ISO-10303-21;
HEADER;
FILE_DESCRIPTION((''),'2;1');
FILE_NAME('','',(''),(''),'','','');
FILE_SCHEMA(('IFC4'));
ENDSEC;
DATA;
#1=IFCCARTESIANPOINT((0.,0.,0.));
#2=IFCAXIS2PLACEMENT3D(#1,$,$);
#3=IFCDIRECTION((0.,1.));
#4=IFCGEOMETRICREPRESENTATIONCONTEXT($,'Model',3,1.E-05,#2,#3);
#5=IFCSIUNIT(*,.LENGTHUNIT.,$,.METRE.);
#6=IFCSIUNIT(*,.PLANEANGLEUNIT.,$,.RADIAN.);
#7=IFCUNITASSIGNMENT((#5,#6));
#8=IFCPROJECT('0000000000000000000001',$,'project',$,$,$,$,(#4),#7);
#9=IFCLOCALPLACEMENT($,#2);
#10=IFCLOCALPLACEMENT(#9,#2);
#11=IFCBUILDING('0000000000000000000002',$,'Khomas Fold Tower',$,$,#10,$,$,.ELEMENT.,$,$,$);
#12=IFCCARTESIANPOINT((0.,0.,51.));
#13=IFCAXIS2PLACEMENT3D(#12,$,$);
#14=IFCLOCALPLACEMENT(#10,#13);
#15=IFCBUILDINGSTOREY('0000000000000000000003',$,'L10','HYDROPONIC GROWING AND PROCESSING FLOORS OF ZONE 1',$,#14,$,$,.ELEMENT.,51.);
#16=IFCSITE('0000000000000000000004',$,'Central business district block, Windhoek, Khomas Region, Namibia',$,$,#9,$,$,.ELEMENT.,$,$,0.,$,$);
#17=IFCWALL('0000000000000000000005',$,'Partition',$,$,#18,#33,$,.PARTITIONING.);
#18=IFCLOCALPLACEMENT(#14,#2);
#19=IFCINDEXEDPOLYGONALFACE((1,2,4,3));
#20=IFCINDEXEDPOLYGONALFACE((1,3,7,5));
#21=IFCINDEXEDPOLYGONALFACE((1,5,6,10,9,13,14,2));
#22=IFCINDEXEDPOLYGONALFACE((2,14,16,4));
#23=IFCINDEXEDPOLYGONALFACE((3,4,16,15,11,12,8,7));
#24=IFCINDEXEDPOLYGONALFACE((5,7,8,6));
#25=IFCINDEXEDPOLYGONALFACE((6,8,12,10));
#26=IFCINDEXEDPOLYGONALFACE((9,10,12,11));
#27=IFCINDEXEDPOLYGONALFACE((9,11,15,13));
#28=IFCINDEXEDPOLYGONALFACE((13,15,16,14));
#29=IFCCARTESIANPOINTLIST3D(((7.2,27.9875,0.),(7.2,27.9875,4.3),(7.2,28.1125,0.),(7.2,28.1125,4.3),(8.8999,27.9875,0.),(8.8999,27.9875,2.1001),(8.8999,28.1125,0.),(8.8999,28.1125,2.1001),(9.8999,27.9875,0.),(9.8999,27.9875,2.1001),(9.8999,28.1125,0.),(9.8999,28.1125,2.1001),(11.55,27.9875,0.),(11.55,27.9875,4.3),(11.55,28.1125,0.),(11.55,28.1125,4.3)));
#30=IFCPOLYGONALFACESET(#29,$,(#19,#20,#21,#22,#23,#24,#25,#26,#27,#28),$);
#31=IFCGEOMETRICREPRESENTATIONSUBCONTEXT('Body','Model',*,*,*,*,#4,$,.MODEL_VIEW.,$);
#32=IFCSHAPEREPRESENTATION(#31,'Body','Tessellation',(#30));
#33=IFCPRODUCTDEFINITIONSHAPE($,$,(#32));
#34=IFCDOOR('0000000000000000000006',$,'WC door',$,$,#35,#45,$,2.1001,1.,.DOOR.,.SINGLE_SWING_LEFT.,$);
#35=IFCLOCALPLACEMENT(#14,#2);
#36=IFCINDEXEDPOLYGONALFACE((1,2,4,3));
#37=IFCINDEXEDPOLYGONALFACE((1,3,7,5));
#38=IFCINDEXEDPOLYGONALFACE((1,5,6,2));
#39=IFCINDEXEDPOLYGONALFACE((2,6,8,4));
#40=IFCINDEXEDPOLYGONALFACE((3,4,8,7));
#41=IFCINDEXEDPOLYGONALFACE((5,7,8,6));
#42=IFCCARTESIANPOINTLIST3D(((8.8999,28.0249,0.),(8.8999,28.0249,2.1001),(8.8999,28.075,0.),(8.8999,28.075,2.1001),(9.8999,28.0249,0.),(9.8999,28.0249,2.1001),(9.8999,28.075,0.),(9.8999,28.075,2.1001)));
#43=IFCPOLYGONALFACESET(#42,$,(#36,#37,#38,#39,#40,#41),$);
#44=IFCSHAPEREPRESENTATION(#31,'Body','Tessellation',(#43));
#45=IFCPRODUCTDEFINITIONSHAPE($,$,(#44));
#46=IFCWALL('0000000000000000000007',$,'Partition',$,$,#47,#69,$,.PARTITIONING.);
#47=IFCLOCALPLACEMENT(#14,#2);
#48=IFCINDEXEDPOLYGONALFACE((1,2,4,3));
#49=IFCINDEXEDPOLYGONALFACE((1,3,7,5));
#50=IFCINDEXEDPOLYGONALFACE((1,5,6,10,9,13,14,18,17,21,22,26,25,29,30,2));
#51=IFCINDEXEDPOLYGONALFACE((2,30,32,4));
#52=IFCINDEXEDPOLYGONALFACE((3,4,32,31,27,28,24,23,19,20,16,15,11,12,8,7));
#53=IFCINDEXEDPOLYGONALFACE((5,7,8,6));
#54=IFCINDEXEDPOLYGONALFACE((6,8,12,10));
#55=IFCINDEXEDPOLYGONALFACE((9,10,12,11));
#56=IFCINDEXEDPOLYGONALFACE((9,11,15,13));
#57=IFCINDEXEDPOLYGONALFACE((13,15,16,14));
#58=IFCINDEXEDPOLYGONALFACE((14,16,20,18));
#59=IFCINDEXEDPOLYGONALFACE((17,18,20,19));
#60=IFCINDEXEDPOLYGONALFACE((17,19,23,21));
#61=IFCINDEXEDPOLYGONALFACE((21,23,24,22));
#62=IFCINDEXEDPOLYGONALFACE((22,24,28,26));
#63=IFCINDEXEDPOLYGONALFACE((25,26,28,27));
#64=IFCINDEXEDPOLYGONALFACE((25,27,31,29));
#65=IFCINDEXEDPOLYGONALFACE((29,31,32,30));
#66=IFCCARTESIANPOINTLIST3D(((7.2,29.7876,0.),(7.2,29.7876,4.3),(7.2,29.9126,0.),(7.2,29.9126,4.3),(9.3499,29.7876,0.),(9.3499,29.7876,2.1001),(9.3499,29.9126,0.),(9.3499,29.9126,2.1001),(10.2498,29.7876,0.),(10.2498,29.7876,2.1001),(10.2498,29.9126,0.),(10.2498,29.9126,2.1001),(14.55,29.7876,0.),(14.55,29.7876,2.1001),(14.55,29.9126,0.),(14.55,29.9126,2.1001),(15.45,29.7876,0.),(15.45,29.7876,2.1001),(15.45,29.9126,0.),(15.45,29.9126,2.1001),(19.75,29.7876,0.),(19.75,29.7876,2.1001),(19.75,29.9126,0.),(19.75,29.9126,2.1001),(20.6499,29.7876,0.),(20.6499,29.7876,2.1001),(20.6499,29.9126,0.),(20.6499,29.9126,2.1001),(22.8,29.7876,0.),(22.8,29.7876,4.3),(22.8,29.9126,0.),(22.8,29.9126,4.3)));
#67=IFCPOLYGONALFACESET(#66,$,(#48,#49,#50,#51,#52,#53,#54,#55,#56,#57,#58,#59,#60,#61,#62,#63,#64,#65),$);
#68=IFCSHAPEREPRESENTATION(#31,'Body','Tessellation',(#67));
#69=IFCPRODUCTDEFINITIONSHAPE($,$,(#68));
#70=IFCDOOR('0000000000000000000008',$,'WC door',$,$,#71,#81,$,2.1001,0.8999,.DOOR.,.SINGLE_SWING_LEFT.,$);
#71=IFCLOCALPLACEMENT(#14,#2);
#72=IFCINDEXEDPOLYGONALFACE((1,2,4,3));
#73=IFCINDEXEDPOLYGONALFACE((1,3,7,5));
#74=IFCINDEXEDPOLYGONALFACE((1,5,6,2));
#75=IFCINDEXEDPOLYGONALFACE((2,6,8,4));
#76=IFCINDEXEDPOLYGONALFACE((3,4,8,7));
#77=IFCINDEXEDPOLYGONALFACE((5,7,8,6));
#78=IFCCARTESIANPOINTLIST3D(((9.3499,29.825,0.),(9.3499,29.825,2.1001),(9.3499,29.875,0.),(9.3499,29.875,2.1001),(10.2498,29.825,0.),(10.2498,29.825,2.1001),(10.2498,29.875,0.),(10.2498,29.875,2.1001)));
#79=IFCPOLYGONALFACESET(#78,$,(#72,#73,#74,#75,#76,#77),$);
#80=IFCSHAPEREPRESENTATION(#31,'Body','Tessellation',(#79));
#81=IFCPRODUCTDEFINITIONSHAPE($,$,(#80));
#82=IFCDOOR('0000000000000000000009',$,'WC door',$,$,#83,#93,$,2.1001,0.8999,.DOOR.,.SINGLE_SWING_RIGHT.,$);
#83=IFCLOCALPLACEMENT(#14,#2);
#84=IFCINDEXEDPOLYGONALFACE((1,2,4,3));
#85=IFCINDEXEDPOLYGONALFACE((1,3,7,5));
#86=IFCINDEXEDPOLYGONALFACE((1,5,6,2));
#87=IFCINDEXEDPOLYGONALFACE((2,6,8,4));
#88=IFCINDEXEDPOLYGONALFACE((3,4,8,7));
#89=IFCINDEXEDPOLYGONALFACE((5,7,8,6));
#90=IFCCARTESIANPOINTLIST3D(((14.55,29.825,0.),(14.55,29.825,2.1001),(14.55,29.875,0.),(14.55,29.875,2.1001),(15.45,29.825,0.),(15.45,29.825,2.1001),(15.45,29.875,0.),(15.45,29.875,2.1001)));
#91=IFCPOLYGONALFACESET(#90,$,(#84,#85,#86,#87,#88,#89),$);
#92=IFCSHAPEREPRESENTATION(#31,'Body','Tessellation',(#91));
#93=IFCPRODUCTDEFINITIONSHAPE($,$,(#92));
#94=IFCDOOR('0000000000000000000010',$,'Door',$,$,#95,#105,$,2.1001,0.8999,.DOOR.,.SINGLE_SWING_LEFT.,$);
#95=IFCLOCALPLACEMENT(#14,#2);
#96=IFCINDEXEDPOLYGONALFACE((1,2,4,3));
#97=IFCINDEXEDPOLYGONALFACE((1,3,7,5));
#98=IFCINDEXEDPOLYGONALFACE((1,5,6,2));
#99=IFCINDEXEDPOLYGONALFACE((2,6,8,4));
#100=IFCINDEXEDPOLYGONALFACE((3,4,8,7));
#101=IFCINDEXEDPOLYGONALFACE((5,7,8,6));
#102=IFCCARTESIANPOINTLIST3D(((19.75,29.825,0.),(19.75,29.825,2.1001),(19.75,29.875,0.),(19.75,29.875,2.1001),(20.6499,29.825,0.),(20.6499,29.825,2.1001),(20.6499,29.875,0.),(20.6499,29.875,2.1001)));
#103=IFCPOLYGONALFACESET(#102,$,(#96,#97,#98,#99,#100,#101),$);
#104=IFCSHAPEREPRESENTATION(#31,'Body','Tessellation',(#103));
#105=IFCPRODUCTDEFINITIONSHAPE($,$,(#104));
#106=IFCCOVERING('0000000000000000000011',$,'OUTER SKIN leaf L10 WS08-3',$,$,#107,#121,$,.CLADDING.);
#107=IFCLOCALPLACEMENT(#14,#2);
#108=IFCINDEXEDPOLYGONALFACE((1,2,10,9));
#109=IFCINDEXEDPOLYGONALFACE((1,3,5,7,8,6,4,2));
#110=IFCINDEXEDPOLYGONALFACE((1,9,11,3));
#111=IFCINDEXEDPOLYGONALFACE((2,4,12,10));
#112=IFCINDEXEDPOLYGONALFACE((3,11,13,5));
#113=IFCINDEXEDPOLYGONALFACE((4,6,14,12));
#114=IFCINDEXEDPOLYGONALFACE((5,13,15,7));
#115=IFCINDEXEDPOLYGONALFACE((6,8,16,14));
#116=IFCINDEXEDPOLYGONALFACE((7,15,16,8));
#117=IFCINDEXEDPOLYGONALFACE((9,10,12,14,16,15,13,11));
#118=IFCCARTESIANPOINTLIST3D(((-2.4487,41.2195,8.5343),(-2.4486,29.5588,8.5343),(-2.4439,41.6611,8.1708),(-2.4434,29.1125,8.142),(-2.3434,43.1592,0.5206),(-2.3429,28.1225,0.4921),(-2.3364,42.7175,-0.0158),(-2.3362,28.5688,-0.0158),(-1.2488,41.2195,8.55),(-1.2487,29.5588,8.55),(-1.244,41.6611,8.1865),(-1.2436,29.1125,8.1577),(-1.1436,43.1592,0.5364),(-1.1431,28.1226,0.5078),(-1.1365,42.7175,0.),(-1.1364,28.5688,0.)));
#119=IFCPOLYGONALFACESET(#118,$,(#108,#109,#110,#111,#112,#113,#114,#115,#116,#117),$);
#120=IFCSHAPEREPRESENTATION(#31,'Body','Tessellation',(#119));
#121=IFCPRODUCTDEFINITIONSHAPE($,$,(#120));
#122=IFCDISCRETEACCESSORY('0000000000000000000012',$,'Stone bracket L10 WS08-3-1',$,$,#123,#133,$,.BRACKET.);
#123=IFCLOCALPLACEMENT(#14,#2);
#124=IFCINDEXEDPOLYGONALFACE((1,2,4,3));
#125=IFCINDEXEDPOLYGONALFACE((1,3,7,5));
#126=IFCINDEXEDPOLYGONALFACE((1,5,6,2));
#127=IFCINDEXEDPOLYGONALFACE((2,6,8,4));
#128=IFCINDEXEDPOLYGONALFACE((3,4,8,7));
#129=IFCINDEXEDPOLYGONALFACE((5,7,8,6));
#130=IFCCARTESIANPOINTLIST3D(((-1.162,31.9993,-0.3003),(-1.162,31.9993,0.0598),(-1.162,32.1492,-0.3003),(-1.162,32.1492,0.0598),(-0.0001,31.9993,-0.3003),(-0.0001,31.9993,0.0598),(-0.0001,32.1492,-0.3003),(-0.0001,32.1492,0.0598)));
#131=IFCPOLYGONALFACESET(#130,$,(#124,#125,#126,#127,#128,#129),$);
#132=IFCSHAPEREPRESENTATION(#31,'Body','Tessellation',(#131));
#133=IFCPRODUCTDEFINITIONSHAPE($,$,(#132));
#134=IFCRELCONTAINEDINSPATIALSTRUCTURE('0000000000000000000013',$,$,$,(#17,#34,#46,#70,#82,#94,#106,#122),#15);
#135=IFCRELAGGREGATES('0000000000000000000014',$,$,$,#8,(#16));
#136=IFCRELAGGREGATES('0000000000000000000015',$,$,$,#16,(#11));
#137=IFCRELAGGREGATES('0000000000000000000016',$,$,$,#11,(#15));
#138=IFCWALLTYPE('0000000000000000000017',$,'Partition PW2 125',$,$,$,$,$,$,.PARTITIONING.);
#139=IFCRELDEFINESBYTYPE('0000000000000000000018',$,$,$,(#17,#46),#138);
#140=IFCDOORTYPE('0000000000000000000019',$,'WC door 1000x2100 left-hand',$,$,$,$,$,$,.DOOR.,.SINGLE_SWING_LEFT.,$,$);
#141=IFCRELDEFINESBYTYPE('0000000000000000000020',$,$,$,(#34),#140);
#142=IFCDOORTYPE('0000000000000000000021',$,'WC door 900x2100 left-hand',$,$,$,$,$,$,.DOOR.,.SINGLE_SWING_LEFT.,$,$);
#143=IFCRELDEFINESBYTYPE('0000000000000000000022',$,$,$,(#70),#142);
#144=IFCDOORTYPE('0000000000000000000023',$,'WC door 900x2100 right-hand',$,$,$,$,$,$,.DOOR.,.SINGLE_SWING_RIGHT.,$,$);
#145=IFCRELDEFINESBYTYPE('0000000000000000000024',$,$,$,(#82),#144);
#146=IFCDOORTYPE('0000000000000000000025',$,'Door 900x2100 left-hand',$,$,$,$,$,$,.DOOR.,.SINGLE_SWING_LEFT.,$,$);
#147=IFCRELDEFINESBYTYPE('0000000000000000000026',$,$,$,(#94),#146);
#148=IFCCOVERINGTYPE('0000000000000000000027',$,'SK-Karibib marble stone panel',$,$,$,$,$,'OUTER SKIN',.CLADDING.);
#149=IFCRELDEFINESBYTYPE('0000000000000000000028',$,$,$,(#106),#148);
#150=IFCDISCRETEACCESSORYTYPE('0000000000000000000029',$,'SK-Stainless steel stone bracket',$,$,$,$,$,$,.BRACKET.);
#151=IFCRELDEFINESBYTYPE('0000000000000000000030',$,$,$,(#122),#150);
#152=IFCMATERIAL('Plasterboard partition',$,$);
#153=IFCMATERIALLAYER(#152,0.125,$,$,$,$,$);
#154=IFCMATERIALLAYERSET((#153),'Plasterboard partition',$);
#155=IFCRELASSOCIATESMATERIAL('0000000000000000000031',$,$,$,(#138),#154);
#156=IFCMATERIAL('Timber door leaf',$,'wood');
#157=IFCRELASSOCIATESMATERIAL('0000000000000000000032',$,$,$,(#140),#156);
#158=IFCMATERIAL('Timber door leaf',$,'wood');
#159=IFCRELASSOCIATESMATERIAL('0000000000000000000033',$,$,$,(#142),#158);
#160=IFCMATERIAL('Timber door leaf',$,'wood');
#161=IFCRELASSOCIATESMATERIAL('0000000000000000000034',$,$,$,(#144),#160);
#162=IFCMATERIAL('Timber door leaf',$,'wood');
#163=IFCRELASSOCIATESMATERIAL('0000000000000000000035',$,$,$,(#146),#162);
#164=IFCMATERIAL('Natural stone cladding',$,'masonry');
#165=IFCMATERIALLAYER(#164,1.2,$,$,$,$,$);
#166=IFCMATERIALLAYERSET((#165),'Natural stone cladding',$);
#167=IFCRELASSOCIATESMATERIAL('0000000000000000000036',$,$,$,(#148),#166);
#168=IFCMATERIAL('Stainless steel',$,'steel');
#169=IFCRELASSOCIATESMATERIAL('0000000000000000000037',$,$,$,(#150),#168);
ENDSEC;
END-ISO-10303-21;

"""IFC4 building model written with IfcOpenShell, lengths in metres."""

from ifc_helpers import new_model, si_unit, direction, frame, frame_2d, origin, origin_2d, place, context, subcontext, project, spatial, polyline, rectangle, outline, extrude, source, transform, mapped, material, layer, layer_set, type_object, element, fill, save


model = new_model("IFC4")

# Units and contexts
model_context = context("Model", 3, precision=1e-05, world=origin(), true_north=direction((0.0, 1.0)))
body_context = subcontext(model_context, "Body", "Model", "MODEL_VIEW")
ifc_project = project(units=[si_unit("LENGTHUNIT", "METRE"), si_unit("PLANEANGLEUNIT", "RADIAN")], contexts=[model_context])

# Site, building, storey
site_placement = place(None, origin())
site = spatial("IfcSite", under=ifc_project, at=site_placement, Name="Central business district block, Windhoek, Khomas Region, Namibia", CompositionType="ELEMENT", RefElevation=0.0)
building_placement = place(site_placement, origin())
building = spatial("IfcBuilding", under=site, at=building_placement, Name="Khomas Fold Tower", CompositionType="ELEMENT")
storey_placement = place(building_placement, frame((0.0, 0.0, 51.0)))
storey = spatial("IfcBuildingStorey", under=building, at=storey_placement, Name="L10", Description="HYDROPONIC GROWING AND PROCESSING FLOORS OF ZONE 1", CompositionType="ELEMENT", Elevation=51.0)

# Wall, opening, door
ifc_material_1 = material(Name="Plasterboard partition")
ifc_layer_1 = layer(ifc_material_1, 0.125)
ifc_layer_set_1 = layer_set([ifc_layer_1], Name="Plasterboard partition")
wall_type_1 = type_object("IfcWallType", Name="Partition PW2 125", PredefinedType="PARTITIONING", material=ifc_layer_set_1)
shared_shape_1 = source(origin(), body_context, "Body", "SweptSolid", [
    extrude(rectangle(XDim=4.3501, YDim=0.125, at=frame_2d((2.175, 0.0))), origin(), (0.0, 0.0, 1.0), 4.3),
])
wall_1_placement = place(storey_placement, frame((7.2, 28.05, 0.0), z_axis=(0.0, 0.0, 1.0), x_axis=(1.0, 0.0, 0.0)))
wall_1 = element("IfcWall", 1, at=wall_1_placement, inside=storey, type_object=wall_type_1, Name="Partition", PredefinedType="PARTITIONING", context=body_context, shape_type="MappedRepresentation", body=[
    mapped(shared_shape_1, transform((0.0, 0.0, 0.0))),
])
shared_shape_2 = source(origin(), body_context, "Body", "SweptSolid", [
    extrude(rectangle(XDim=1.0, YDim=2.1001, at=frame_2d((0.5, 1.05))), frame((0.0, 0.0725, 0.0), z_axis=(0.0, -1.0, 0.0), x_axis=(1.0, 0.0, 0.0)), (0.0, 0.0, 1.0), 0.145),
])
opening_1_placement = place(wall_1_placement, frame((1.7, 0.0, 0.0)))
opening_1 = element("IfcOpeningElement", 2, at=opening_1_placement, cuts=wall_1, PredefinedType="OPENING", context=body_context, shape_type="MappedRepresentation", body=[
    mapped(shared_shape_2, transform((0.0, 0.0, 0.0))),
])
ifc_material_2 = material(Name="Timber door leaf", Category="wood")
door_type_1 = type_object("IfcDoorType", Name="WC door 1000x2100 left-hand", OperationType="SINGLE_SWING_LEFT", PredefinedType="DOOR", material=ifc_material_2)
shared_shape_3 = source(origin(), body_context, "Body", "SweptSolid", [
    extrude(rectangle(XDim=1.0, YDim=2.1001, at=frame_2d((0.5, 1.05))), frame((0.0, 0.0249, 0.0), z_axis=(0.0, -1.0, 0.0), x_axis=(1.0, 0.0, 0.0)), (0.0, 0.0, 1.0), 0.05),
])
door_1_placement = place(opening_1_placement, origin())
door_1 = element("IfcDoor", 3, at=door_1_placement, inside=storey, type_object=door_type_1, Name="WC door", OperationType="SINGLE_SWING_LEFT", OverallHeight=2.1001, OverallWidth=1.0, PredefinedType="DOOR", context=body_context, shape_type="MappedRepresentation", body=[
    mapped(shared_shape_3, transform((0.0, 0.0, 0.0))),
])
fill(opening_1, door_1)

# Wall, openings, doors
shared_shape_4 = source(origin(), body_context, "Body", "SweptSolid", [
    extrude(rectangle(XDim=15.6001, YDim=0.125, at=frame_2d((7.8, 0.0))), origin(), (0.0, 0.0, 1.0), 4.3),
])
wall_2_placement = place(storey_placement, frame((7.2, 29.8501, 0.0), z_axis=(0.0, 0.0, 1.0), x_axis=(1.0, 0.0, 0.0)))
wall_2 = element("IfcWall", 4, at=wall_2_placement, inside=storey, type_object=wall_type_1, Name="Partition", PredefinedType="PARTITIONING", context=body_context, shape_type="MappedRepresentation", body=[
    mapped(shared_shape_4, transform((0.0, 0.0, 0.0))),
])
shared_shape_5 = source(origin(), body_context, "Body", "SweptSolid", [
    extrude(rectangle(XDim=0.8999, YDim=2.1001, at=frame_2d((0.45, 1.05))), frame((0.0, 0.0725, 0.0), z_axis=(0.0, -1.0, 0.0), x_axis=(1.0, 0.0, 0.0)), (0.0, 0.0, 1.0), 0.145),
])
opening_2_placement = place(wall_2_placement, frame((2.1499, 0.0, 0.0)))
opening_2 = element("IfcOpeningElement", 5, at=opening_2_placement, cuts=wall_2, PredefinedType="OPENING", context=body_context, shape_type="MappedRepresentation", body=[
    mapped(shared_shape_5, transform((0.0, 0.0, 0.0))),
])
opening_3_placement = place(wall_2_placement, frame((7.3501, 0.0, 0.0)))
opening_3 = element("IfcOpeningElement", 6, at=opening_3_placement, cuts=wall_2, PredefinedType="OPENING", context=body_context, shape_type="MappedRepresentation", body=[
    mapped(shared_shape_5, transform((0.0, 0.0, 0.0))),
])
opening_4_placement = place(wall_2_placement, frame((12.55, 0.0, 0.0)))
opening_4 = element("IfcOpeningElement", 7, at=opening_4_placement, cuts=wall_2, PredefinedType="OPENING", context=body_context, shape_type="MappedRepresentation", body=[
    mapped(shared_shape_5, transform((0.0, 0.0, 0.0))),
])
ifc_material_3 = material(Name="Timber door leaf", Category="wood")
door_type_2 = type_object("IfcDoorType", Name="WC door 900x2100 left-hand", OperationType="SINGLE_SWING_LEFT", PredefinedType="DOOR", material=ifc_material_3)
shared_shape_6 = source(origin(), body_context, "Body", "SweptSolid", [
    extrude(rectangle(XDim=0.8999, YDim=2.1001, at=frame_2d((0.45, 1.05))), frame((0.0, 0.0249, 0.0), z_axis=(0.0, -1.0, 0.0), x_axis=(1.0, 0.0, 0.0)), (0.0, 0.0, 1.0), 0.05),
])
door_2_placement = place(opening_2_placement, origin())
door_2 = element("IfcDoor", 8, at=door_2_placement, inside=storey, type_object=door_type_2, Name="WC door", OperationType="SINGLE_SWING_LEFT", OverallHeight=2.1001, OverallWidth=0.8999, PredefinedType="DOOR", context=body_context, shape_type="MappedRepresentation", body=[
    mapped(shared_shape_6, transform((0.0, 0.0, 0.0))),
])
fill(opening_2, door_2)
ifc_material_4 = material(Name="Timber door leaf", Category="wood")
door_type_3 = type_object("IfcDoorType", Name="WC door 900x2100 right-hand", OperationType="SINGLE_SWING_RIGHT", PredefinedType="DOOR", material=ifc_material_4)
door_3_placement = place(opening_3_placement, origin())
door_3 = element("IfcDoor", 9, at=door_3_placement, inside=storey, type_object=door_type_3, Name="WC door", OperationType="SINGLE_SWING_RIGHT", OverallHeight=2.1001, OverallWidth=0.8999, PredefinedType="DOOR", context=body_context, shape_type="MappedRepresentation", body=[
    mapped(shared_shape_6, transform((0.0, 0.0, 0.0))),
])
fill(opening_3, door_3)
ifc_material_5 = material(Name="Timber door leaf", Category="wood")
door_type_4 = type_object("IfcDoorType", Name="Door 900x2100 left-hand", OperationType="SINGLE_SWING_LEFT", PredefinedType="DOOR", material=ifc_material_5)
door_4_placement = place(opening_4_placement, origin())
door_4 = element("IfcDoor", 10, at=door_4_placement, inside=storey, type_object=door_type_4, Name="Door", OperationType="SINGLE_SWING_LEFT", OverallHeight=2.1001, OverallWidth=0.8999, PredefinedType="DOOR", context=body_context, shape_type="MappedRepresentation", body=[
    mapped(shared_shape_6, transform((0.0, 0.0, 0.0))),
])
fill(opening_4, door_4)

# Covering
ifc_material_6 = material(Name="Natural stone cladding", Category="masonry")
ifc_layer_2 = layer(ifc_material_6, 1.2)
ifc_layer_set_2 = layer_set([ifc_layer_2], Name="Natural stone cladding")
covering_type = type_object("IfcCoveringType", Name="SK-Karibib marble stone panel", ElementType="OUTER SKIN", PredefinedType="CLADDING", material=ifc_layer_set_2)
covering_placement = place(storey_placement, frame((-1.1431, 28.1226, 0.5078), z_axis=(0.999914, 0.000008, 0.013135), x_axis=(-0.013027, 0.128331, 0.991646)))
element("IfcCovering", 11, at=covering_placement, inside=storey, type_object=covering_type, Name="OUTER SKIN leaf L10 WS08-3", PredefinedType="CLADDING", context=body_context, shape_type="SweptSolid", body=[
    extrude(outline(polyline([(0.0, 0.0), (7.7144, 0.0), (8.1607, -0.3922), (9.6572, -11.9565), (9.3533, -12.4411), (1.958, -14.9086), (1.3693, -14.5395), (-0.4464, -0.5078), (0.0, 0.0)])), origin(), (0.0, 0.0, -1.0), 1.2),
])

# Discrete accessory
ifc_material_7 = material(Name="Stainless steel", Category="steel")
discrete_accessory_type = type_object("IfcDiscreteAccessoryType", Name="SK-Stainless steel stone bracket", PredefinedType="BRACKET", material=ifc_material_7)
shared_shape_7 = source(origin(), body_context, "Body", "SweptSolid", [
    extrude(rectangle(XDim=1.1619, YDim=0.1499, at=origin_2d()), origin(), (0.0, 0.0, 1.0), 0.3601),
])
discrete_accessory_placement = place(storey_placement, frame((-0.5811, 32.0742, -0.3003), z_axis=(0.0, 0.0, 1.0), x_axis=(-1.0, 0.0, 0.0)))
element("IfcDiscreteAccessory", 12, at=discrete_accessory_placement, inside=storey, type_object=discrete_accessory_type, Name="Stone bracket L10 WS08-3-1", PredefinedType="BRACKET", context=body_context, shape_type="MappedRepresentation", body=[
    mapped(shared_shape_7, transform((0.0, 0.0, 0.0))),
])

save(model, "model.ifc")
